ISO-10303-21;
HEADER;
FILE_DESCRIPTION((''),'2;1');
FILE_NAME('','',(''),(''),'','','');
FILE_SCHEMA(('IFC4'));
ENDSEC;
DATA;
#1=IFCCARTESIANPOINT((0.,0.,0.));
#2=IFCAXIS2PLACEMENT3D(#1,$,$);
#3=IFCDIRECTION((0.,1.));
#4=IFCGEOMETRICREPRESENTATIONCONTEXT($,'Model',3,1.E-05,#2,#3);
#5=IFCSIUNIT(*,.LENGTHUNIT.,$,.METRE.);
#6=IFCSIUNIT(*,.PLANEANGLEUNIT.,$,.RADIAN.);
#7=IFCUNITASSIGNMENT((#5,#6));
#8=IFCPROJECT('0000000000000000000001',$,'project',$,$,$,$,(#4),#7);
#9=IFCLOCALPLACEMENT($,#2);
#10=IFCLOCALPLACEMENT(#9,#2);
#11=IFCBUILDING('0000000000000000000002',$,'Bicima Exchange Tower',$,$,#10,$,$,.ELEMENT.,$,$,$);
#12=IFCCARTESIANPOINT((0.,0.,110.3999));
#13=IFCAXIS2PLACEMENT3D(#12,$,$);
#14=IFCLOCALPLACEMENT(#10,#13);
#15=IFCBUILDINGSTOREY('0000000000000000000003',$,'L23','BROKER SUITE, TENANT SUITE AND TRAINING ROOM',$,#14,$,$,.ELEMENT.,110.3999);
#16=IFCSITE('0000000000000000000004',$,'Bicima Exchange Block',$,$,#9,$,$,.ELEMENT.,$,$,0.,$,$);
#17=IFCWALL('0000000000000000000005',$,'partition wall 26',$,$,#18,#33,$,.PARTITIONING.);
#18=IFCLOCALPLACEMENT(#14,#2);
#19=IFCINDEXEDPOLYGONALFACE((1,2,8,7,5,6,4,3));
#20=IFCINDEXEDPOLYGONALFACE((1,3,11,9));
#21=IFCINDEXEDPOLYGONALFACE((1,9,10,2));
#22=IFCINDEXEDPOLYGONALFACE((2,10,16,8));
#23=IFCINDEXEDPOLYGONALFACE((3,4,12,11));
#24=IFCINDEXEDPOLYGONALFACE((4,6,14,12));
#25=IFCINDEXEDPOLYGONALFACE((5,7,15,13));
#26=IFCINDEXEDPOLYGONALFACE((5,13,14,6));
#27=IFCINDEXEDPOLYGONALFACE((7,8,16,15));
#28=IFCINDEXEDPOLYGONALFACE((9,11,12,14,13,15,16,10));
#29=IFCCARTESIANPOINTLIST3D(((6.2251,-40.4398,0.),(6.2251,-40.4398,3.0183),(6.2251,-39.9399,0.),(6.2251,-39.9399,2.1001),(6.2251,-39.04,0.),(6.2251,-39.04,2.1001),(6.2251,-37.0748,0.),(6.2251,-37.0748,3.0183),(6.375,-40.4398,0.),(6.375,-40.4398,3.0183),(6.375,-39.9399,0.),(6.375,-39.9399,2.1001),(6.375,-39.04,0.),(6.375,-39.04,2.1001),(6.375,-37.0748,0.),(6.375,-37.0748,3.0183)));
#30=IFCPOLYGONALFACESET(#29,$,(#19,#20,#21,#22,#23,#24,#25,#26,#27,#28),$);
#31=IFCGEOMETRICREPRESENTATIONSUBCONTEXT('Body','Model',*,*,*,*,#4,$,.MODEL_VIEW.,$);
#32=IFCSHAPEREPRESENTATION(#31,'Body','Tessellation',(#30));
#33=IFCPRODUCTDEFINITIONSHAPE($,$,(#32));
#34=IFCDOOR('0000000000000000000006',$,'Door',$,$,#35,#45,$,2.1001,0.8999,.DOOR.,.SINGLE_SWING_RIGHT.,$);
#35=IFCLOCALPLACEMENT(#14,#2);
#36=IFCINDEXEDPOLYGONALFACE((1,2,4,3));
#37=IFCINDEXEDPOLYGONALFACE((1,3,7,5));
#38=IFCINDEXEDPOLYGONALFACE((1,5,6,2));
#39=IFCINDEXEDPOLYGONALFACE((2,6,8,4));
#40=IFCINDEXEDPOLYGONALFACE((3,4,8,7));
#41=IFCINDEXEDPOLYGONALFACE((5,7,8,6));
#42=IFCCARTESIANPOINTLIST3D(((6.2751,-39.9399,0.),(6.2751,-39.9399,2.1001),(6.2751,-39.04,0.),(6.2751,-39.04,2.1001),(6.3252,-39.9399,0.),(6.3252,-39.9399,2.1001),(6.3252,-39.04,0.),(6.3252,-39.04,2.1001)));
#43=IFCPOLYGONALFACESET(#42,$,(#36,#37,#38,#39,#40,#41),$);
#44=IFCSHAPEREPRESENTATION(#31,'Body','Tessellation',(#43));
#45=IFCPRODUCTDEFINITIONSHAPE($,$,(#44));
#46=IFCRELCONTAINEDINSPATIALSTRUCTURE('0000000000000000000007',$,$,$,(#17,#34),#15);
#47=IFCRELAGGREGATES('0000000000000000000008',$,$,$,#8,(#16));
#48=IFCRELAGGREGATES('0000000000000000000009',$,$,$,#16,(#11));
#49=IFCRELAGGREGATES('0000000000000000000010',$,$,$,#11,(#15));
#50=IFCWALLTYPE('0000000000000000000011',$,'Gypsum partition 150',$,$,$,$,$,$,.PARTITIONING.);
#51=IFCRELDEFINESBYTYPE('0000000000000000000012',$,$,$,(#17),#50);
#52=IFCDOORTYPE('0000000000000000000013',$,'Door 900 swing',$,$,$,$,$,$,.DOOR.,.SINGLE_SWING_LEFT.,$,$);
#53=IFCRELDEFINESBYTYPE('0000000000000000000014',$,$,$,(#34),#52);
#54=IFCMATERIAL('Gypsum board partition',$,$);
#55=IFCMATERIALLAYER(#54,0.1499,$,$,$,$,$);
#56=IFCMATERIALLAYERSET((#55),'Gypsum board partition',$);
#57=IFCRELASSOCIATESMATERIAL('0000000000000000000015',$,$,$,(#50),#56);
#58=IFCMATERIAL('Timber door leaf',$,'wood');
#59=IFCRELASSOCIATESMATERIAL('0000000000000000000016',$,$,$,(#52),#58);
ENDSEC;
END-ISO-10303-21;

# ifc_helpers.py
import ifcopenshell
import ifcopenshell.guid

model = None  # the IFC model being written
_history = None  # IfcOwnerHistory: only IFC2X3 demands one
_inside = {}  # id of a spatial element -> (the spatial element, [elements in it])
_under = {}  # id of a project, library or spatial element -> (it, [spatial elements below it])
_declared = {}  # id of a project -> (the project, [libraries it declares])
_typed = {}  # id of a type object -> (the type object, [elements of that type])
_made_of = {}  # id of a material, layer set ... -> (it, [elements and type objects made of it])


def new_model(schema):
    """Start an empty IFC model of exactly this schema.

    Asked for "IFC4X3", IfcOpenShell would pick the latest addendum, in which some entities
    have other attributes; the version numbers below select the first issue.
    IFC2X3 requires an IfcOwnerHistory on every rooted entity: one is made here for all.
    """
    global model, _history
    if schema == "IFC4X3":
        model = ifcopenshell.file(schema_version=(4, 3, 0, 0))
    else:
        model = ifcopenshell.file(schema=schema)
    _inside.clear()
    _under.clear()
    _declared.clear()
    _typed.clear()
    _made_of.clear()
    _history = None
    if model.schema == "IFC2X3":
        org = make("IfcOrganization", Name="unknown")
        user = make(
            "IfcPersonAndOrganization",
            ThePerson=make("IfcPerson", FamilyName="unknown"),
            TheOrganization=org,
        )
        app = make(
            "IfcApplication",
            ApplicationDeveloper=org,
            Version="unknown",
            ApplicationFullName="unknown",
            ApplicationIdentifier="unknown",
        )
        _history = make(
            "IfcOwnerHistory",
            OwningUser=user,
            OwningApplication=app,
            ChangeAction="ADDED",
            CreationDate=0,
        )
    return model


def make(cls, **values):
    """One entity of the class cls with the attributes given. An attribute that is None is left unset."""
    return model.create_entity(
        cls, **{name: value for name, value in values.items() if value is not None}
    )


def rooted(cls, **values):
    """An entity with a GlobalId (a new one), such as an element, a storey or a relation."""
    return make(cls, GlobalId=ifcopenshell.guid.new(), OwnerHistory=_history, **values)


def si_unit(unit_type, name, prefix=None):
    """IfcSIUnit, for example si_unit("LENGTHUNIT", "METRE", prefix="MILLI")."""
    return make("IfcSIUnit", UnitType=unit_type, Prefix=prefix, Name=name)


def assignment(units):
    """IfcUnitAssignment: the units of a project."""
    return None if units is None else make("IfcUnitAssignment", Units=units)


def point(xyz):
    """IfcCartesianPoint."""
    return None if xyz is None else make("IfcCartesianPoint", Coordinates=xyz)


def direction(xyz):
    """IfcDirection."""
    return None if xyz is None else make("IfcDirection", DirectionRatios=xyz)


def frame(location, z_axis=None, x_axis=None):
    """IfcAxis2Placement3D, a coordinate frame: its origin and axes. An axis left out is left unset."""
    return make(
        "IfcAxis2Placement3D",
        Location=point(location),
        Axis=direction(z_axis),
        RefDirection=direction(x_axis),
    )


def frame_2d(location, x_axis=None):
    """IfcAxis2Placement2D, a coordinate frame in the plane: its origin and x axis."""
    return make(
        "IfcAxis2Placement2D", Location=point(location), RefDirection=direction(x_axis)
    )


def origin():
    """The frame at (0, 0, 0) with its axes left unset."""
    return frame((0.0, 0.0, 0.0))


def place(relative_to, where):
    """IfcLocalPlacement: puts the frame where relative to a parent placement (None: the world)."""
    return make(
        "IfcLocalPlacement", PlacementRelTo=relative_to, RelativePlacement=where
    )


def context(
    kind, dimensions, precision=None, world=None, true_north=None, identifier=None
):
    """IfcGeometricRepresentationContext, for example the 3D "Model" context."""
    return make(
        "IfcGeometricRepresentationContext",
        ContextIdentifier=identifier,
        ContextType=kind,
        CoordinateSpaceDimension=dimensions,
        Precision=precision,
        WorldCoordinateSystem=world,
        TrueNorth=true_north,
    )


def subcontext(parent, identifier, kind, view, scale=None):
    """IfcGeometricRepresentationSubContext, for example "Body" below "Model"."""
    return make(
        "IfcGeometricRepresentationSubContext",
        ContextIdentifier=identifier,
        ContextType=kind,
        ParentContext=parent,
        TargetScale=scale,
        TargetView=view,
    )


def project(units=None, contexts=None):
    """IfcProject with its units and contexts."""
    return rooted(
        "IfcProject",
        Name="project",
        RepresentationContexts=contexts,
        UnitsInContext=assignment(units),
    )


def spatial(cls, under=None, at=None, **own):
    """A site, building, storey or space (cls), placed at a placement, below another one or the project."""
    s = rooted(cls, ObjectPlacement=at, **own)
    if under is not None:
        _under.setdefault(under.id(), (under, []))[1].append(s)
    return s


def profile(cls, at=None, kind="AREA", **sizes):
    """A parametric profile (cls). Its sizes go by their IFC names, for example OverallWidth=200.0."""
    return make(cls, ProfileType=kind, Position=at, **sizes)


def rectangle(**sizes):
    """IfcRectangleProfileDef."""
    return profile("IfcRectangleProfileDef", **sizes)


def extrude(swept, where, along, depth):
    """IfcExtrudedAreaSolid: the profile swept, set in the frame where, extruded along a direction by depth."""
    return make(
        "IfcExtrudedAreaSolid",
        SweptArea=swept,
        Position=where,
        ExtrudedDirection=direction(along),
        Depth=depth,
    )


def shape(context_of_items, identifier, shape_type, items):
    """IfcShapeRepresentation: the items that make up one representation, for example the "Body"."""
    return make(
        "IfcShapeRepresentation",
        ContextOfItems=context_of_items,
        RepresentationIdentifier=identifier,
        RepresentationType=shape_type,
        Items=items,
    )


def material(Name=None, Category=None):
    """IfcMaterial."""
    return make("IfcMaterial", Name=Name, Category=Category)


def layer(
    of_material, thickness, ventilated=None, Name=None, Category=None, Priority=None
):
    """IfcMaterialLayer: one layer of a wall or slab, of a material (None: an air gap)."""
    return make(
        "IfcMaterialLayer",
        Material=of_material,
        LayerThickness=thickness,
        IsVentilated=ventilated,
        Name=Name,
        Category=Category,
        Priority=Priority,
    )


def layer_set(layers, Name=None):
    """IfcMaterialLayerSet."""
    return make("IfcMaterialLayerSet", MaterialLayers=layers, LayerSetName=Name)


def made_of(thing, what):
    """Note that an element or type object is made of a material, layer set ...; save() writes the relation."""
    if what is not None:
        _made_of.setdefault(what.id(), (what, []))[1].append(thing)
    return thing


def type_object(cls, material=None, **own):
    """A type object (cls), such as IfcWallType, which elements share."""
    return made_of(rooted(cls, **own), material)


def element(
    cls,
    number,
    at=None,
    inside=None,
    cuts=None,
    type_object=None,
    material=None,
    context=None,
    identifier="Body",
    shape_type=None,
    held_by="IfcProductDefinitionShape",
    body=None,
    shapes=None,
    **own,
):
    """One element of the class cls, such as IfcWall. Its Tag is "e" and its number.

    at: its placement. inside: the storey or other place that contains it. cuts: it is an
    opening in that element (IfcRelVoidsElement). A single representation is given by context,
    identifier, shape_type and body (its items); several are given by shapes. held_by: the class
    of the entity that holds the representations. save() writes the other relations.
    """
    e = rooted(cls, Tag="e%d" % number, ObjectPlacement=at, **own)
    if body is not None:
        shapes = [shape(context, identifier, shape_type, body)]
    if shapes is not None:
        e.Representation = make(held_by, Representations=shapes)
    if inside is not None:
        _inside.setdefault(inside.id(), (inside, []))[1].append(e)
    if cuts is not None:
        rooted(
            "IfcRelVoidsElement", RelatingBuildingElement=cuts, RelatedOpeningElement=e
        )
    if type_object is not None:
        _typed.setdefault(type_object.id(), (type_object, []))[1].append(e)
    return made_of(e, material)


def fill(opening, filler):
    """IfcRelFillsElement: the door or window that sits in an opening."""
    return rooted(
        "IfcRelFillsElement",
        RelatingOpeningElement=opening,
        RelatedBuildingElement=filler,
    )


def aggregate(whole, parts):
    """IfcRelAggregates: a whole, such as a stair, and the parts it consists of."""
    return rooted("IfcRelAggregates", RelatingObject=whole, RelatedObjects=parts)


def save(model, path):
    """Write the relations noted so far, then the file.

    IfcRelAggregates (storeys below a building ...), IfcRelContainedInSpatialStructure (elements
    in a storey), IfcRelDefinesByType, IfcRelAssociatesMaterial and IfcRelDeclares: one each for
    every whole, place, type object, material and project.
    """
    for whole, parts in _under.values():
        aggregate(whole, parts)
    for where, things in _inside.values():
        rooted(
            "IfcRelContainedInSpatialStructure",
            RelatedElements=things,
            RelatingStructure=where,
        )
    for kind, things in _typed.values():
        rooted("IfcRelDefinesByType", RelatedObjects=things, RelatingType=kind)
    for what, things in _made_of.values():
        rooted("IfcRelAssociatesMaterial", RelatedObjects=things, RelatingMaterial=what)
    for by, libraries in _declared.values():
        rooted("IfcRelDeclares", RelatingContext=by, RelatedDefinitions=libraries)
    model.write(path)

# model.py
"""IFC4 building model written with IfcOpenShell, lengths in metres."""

from ifc_helpers import new_model, si_unit, direction, frame, frame_2d, origin, place, context, subcontext, project, spatial, rectangle, extrude, material, layer, layer_set, type_object, element, fill, save


model = new_model("IFC4")

# Units and contexts
model_context = context("Model", 3, precision=1e-05, world=origin(), true_north=direction((0.0, 1.0)))
body_context = subcontext(model_context, "Body", "Model", "MODEL_VIEW")
ifc_project = project(units=[si_unit("LENGTHUNIT", "METRE"), si_unit("PLANEANGLEUNIT", "RADIAN")], contexts=[model_context])

# Site, building, storey
site_placement = place(None, origin())
site = spatial("IfcSite", under=ifc_project, at=site_placement, Name="Bicima Exchange Block", CompositionType="ELEMENT", RefElevation=0.0)
building_placement = place(site_placement, origin())
building = spatial("IfcBuilding", under=site, at=building_placement, Name="Bicima Exchange Tower", CompositionType="ELEMENT")
storey_placement = place(building_placement, frame((0.0, 0.0, 110.3999)))
storey = spatial("IfcBuildingStorey", under=building, at=storey_placement, Name="L23", Description="BROKER SUITE, TENANT SUITE AND TRAINING ROOM", CompositionType="ELEMENT", Elevation=110.3999)

# Shared definitions
ifc_material_1 = material(Name="Gypsum board partition")
ifc_layer_1 = layer(ifc_material_1, 0.1499)
ifc_layer_set_1 = layer_set([ifc_layer_1], Name="Gypsum board partition")
wall_type = type_object("IfcWallType", Name="Gypsum partition 150", PredefinedType="PARTITIONING", material=ifc_layer_set_1)

# Wall, opening, door
wall_1_placement = place(storey_placement, frame((6.3, -40.4399, 0.0), z_axis=(0.0, 0.0, 1.0), x_axis=(0.0, 1.0, 0.0)))
wall_1 = element("IfcWall", 1, at=wall_1_placement, inside=storey, type_object=wall_type, Name="partition wall 26", PredefinedType="PARTITIONING", context=body_context, shape_type="SweptSolid", body=[
    extrude(rectangle(XDim=3.365, YDim=0.1499, at=frame_2d((1.6826, 0.0))), origin(), (0.0, 0.0, 1.0), 3.0183),
])
opening_placement = place(wall_1_placement, frame((0.5, 0.0, 0.0)))
opening = element("IfcOpeningElement", 2, at=opening_placement, cuts=wall_1, PredefinedType="OPENING", context=body_context, shape_type="SweptSolid", body=[
    extrude(rectangle(XDim=0.8999, YDim=2.1001, at=frame_2d((0.45, 1.05))), frame((0.0, 0.0869, 0.0), z_axis=(0.0, -1.0, 0.0), x_axis=(1.0, 0.0, 0.0)), (0.0, 0.0, 1.0), 0.1738),
])
ifc_material_2 = material(Name="Timber door leaf", Category="wood")
door_type = type_object("IfcDoorType", Name="Door 900 swing", OperationType="SINGLE_SWING_LEFT", PredefinedType="DOOR", material=ifc_material_2)
door_placement = place(opening_placement, origin())
door = element("IfcDoor", 3, at=door_placement, inside=storey, type_object=door_type, Name="Door", OperationType="SINGLE_SWING_RIGHT", OverallHeight=2.1001, OverallWidth=0.8999, PredefinedType="DOOR", context=body_context, shape_type="SweptSolid", body=[
    extrude(rectangle(XDim=0.8999, YDim=2.1001, at=frame_2d((0.45, 1.05))), frame((0.0, 0.0249, 0.0), z_axis=(0.0, -1.0, 0.0), x_axis=(1.0, 0.0, 0.0)), (0.0, 0.0, 1.0), 0.05),
])
fill(opening, door)

save(model, "model.ifc")
